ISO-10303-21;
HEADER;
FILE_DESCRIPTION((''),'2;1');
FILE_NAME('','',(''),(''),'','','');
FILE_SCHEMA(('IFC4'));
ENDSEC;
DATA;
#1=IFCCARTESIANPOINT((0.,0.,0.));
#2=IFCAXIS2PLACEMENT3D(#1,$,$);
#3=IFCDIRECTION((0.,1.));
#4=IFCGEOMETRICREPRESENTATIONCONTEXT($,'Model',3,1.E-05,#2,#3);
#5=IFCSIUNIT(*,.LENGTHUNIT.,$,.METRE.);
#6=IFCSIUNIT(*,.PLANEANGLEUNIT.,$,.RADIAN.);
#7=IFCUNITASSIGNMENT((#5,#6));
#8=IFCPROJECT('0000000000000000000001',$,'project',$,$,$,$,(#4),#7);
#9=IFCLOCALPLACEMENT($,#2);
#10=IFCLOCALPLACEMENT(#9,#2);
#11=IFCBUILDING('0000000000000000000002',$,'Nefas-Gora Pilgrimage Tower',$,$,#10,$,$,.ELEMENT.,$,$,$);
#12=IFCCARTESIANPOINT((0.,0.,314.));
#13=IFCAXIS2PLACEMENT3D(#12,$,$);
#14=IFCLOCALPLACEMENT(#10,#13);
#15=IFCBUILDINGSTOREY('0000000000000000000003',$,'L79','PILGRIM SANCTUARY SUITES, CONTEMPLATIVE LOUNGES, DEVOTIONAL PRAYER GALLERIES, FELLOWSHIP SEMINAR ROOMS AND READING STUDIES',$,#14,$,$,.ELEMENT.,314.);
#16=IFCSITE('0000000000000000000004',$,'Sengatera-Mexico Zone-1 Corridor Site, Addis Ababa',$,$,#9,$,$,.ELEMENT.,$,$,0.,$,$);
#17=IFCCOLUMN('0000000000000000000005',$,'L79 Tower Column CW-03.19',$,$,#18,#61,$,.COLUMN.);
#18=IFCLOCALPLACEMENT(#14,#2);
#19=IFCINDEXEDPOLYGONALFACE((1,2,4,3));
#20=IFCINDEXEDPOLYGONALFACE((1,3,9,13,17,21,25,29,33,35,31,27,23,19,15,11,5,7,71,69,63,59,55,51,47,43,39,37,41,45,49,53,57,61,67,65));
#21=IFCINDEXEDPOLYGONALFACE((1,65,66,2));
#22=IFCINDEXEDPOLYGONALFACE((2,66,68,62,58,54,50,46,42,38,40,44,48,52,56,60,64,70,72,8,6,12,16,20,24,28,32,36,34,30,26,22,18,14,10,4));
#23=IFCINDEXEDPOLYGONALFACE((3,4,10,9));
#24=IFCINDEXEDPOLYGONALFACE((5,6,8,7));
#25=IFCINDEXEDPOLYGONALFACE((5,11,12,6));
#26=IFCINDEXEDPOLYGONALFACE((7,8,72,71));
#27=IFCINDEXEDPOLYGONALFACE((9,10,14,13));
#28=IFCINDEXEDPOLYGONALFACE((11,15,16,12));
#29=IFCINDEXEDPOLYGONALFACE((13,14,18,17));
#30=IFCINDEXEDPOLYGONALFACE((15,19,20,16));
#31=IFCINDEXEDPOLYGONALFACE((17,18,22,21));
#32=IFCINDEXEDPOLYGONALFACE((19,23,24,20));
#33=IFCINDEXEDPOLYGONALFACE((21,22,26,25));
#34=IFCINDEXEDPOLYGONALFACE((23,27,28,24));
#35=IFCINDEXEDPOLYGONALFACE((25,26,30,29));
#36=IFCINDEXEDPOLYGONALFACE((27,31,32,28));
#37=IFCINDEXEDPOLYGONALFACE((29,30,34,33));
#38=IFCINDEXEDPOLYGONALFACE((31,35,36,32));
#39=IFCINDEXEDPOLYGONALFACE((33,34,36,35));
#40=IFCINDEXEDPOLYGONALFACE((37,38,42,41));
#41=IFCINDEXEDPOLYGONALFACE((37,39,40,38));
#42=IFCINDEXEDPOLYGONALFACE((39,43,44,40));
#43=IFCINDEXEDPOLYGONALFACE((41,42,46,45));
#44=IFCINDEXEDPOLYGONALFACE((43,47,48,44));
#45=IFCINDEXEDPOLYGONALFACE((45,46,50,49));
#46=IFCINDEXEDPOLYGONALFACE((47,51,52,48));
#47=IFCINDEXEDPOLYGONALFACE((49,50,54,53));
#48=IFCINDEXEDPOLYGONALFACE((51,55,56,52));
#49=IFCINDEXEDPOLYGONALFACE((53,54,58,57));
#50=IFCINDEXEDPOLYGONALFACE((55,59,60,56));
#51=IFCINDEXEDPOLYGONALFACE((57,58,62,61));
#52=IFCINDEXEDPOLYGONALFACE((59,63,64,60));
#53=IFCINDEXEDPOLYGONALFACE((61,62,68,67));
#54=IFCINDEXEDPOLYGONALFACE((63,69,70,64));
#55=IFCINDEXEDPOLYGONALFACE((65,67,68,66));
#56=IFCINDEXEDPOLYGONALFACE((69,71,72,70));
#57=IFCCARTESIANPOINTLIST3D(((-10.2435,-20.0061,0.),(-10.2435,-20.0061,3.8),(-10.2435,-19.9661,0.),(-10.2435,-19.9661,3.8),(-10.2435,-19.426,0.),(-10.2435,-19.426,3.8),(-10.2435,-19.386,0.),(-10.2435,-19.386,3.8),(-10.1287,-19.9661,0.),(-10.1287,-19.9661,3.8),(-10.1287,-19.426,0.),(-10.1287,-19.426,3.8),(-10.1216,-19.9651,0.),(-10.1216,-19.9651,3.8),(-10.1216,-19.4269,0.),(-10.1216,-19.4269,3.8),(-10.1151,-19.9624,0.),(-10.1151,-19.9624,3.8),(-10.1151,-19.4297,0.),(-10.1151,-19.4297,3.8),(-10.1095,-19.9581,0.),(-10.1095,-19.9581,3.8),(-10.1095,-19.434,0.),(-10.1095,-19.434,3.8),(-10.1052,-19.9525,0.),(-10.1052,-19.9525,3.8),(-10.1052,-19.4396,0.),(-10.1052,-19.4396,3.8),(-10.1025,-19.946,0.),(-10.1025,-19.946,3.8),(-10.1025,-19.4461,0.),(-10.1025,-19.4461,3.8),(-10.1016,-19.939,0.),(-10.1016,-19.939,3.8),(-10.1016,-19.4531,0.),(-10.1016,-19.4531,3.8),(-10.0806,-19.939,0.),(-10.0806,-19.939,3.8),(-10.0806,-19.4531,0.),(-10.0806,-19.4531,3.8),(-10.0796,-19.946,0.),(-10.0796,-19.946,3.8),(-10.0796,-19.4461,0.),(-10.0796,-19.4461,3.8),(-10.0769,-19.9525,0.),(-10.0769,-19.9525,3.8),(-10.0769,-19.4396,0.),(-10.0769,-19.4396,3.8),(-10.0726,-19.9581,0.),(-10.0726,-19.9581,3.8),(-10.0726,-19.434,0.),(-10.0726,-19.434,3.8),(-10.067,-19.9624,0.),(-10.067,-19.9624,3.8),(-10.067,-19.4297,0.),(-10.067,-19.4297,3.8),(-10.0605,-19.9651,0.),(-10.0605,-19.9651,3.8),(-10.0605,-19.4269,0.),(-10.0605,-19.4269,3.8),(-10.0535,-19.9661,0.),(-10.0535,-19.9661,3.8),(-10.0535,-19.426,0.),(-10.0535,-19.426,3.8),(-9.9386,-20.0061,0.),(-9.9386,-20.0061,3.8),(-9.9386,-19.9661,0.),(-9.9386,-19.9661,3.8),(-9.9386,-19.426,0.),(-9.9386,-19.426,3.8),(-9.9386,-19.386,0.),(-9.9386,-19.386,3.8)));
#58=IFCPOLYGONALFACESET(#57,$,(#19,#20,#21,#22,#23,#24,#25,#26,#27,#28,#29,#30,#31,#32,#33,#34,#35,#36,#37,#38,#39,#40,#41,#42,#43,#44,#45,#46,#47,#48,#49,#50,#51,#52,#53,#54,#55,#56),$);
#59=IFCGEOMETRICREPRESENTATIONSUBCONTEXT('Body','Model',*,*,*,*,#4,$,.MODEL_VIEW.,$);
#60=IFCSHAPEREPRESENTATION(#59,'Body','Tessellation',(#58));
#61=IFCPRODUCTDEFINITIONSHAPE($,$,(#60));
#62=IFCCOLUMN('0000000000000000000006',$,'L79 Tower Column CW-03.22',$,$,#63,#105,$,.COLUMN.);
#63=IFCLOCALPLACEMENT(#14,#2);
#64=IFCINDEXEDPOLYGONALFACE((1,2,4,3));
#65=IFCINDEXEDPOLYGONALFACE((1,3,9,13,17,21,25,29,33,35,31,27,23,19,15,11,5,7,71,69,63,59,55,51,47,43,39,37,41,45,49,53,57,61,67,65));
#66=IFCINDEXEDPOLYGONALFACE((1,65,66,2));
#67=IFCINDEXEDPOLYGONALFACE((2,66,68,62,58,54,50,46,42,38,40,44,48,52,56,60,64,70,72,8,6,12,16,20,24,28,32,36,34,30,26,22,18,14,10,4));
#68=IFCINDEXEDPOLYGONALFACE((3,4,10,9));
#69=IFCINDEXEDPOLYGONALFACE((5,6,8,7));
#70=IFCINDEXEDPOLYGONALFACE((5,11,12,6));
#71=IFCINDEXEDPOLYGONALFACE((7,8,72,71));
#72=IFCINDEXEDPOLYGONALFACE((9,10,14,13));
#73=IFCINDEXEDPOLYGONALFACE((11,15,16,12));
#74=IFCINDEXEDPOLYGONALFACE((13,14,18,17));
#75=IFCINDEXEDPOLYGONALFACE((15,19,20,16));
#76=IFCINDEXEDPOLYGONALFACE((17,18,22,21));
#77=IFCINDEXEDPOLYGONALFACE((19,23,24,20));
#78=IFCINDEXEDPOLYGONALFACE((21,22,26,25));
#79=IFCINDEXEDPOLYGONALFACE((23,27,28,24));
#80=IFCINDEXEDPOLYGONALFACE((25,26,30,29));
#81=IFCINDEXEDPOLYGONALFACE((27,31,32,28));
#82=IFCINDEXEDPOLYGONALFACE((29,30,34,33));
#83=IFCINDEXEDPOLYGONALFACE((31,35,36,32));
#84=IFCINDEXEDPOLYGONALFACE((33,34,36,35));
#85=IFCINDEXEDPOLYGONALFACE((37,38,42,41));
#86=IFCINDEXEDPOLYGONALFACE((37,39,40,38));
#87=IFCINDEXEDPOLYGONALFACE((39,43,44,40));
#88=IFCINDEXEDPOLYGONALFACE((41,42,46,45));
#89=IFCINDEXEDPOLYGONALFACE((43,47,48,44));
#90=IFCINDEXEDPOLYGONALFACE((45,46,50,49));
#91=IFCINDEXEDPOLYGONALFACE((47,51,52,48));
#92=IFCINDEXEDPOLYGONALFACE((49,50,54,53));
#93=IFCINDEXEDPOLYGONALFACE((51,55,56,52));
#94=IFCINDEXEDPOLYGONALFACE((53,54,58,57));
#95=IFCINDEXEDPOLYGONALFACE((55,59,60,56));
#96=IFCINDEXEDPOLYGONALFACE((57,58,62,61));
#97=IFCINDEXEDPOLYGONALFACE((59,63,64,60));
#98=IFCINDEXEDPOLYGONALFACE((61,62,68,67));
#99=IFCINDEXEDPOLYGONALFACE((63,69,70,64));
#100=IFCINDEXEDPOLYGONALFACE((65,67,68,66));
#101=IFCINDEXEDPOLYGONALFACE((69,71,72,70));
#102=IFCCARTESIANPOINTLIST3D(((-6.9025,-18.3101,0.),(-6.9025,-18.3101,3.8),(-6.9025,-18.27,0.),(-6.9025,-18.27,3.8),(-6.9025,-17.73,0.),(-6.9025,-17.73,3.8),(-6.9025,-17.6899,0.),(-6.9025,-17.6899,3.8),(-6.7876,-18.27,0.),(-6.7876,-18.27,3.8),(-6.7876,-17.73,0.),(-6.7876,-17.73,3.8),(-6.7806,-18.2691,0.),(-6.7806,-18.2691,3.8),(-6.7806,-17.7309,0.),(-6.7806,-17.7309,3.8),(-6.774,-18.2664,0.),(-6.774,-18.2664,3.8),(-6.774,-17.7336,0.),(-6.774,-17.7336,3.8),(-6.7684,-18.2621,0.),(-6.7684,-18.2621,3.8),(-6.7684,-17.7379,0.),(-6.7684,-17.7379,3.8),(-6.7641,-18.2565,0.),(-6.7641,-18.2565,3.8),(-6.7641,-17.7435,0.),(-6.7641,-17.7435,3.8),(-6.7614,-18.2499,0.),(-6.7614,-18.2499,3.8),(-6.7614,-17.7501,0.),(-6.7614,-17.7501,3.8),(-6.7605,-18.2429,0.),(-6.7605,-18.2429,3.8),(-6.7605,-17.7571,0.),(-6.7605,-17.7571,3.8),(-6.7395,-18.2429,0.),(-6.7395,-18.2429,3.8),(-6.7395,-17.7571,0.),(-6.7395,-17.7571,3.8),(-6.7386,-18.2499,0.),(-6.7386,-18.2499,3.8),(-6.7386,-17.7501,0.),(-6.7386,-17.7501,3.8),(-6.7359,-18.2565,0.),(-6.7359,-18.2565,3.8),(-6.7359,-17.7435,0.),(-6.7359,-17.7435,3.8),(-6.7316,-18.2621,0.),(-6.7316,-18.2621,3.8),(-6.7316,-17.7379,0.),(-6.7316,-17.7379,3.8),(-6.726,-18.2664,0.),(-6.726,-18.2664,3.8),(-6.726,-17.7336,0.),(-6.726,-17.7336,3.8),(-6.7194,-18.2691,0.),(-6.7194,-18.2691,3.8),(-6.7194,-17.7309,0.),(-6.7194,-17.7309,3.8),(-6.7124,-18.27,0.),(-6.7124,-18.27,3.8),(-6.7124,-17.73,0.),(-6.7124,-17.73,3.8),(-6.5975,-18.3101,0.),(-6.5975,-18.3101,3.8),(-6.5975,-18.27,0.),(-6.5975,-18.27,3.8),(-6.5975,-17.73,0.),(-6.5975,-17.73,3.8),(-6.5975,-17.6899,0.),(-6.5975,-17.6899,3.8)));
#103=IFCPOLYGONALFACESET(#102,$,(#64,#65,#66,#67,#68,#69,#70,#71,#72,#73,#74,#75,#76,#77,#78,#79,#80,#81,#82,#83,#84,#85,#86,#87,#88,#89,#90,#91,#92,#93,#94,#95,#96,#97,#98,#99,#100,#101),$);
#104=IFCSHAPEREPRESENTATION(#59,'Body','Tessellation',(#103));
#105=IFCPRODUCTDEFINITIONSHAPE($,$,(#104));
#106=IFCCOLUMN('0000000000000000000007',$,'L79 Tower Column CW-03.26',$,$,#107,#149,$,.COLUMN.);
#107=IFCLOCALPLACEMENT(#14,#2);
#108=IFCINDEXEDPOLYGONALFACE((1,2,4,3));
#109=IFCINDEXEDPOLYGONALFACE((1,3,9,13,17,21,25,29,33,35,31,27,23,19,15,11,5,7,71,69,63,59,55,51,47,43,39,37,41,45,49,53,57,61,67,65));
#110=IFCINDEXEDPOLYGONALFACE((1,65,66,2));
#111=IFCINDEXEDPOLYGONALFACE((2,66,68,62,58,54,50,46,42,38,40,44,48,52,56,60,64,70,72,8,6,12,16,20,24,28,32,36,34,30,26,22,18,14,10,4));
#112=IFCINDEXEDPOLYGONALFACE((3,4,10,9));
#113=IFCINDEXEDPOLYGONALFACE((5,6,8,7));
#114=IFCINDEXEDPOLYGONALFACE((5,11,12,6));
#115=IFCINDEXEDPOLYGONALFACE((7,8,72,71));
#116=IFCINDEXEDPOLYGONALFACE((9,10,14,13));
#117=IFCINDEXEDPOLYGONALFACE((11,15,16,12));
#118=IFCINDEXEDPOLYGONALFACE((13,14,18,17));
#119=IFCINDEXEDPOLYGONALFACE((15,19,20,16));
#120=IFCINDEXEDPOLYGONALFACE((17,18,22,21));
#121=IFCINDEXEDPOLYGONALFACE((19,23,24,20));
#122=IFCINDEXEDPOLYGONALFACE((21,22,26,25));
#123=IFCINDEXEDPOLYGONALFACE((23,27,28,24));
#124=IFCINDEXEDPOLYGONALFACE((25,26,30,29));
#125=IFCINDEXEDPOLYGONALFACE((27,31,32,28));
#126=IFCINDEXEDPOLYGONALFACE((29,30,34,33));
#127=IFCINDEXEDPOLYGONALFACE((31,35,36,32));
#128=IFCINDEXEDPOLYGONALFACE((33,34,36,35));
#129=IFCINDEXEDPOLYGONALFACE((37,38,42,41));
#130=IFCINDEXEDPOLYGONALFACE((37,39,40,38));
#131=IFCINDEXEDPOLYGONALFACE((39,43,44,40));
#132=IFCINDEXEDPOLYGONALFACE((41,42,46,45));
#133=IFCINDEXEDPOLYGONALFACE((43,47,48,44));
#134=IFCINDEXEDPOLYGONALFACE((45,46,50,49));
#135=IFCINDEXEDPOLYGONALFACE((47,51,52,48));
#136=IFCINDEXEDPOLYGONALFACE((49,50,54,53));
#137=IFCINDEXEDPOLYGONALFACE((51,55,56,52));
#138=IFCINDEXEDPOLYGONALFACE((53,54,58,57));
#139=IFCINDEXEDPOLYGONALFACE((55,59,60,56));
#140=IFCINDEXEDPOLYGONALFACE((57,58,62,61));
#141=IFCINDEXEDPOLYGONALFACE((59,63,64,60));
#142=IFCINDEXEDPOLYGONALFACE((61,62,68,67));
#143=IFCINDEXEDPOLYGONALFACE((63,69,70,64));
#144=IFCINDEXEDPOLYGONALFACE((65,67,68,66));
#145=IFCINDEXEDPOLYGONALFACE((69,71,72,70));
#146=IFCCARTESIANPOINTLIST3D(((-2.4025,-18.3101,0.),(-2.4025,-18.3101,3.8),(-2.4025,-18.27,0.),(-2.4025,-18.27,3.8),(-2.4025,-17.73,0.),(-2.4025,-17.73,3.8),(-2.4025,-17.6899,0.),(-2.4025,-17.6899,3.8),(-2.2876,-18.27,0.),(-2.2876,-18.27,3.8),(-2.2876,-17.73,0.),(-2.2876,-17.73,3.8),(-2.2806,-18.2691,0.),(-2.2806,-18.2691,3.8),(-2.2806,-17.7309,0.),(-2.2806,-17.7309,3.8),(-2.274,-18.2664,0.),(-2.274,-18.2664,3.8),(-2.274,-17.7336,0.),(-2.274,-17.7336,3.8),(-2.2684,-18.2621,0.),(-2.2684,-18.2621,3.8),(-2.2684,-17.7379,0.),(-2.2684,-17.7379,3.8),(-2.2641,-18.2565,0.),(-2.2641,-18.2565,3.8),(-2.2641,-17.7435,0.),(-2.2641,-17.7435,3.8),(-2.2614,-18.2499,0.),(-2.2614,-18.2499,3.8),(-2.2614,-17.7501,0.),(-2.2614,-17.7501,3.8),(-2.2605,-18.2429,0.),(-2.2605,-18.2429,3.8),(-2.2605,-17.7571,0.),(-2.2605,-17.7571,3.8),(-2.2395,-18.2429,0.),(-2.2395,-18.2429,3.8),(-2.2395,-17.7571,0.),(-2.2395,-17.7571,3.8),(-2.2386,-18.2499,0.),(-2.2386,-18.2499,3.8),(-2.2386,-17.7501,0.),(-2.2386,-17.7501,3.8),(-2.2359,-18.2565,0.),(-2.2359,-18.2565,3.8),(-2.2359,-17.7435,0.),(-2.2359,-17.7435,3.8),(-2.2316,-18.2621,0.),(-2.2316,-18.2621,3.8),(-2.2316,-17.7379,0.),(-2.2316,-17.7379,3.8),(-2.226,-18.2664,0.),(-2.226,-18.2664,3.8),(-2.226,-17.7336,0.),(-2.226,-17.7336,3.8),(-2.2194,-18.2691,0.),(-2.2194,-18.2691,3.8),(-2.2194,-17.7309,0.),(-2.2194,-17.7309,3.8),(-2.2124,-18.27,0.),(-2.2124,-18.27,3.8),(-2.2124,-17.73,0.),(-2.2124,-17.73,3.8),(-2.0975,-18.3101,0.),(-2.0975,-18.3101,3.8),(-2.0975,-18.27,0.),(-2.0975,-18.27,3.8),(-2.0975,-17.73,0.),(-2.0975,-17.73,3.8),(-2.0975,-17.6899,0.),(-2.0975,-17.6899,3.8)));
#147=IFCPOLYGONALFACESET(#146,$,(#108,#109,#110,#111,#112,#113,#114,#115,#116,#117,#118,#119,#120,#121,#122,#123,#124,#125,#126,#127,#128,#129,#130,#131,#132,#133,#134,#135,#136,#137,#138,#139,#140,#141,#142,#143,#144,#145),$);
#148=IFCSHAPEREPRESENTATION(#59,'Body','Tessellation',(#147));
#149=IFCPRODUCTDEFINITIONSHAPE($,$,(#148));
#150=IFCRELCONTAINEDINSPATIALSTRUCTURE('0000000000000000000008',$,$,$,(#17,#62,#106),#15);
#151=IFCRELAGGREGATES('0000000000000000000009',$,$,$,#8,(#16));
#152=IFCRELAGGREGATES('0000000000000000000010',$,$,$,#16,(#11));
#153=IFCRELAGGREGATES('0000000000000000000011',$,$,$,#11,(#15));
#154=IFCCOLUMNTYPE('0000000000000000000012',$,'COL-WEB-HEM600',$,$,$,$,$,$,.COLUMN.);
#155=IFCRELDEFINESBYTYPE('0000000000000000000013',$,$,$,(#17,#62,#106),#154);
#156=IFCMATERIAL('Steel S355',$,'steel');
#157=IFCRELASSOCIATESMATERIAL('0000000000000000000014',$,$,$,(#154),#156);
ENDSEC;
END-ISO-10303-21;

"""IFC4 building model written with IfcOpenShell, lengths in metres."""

from ifc_helpers import new_model, si_unit, direction, frame, origin, origin_2d, place, context, subcontext, project, spatial, i_section, extrude, source, transform, mapped, material, material_profile, profile_set, type_object, element, save


model = new_model("IFC4")

# Units and contexts
model_context = context("Model", 3, precision=1e-05, world=origin(), true_north=direction((0.0, 1.0)))
body_context = subcontext(model_context, "Body", "Model", "MODEL_VIEW")
ifc_project = project(units=[si_unit("LENGTHUNIT", "METRE"), si_unit("PLANEANGLEUNIT", "RADIAN")], contexts=[model_context])

# Site, building, storey
site_placement = place(None, origin())
site = spatial("IfcSite", under=ifc_project, at=site_placement, Name="Sengatera-Mexico Zone-1 Corridor Site, Addis Ababa", CompositionType="ELEMENT", RefElevation=0.0)
building_placement = place(site_placement, origin())
building = spatial("IfcBuilding", under=site, at=building_placement, Name="Nefas-Gora Pilgrimage Tower", CompositionType="ELEMENT")
storey_placement = place(building_placement, frame((0.0, 0.0, 314.0)))
storey = spatial("IfcBuildingStorey", under=building, at=storey_placement, Name="L79", Description="PILGRIM SANCTUARY SUITES, CONTEMPLATIVE LOUNGES, DEVOTIONAL PRAYER GALLERIES, FELLOWSHIP SEMINAR ROOMS AND READING STUDIES", CompositionType="ELEMENT", Elevation=314.0)

# Columns
ifc_material_1 = material(Name="Steel S355", Category="steel")
ifc_material_profile_1 = material_profile(ifc_material_1, i_section(OverallWidth=0.3049, OverallDepth=0.6201, WebThickness=0.021, FlangeThickness=0.04, FilletRadius=0.0271, at=origin_2d()), Name="HEM 600")
ifc_profile_set_1 = profile_set([ifc_material_profile_1], Name="Steel S355")
column_type_1 = type_object("IfcColumnType", Name="COL-WEB-HEM600", PredefinedType="COLUMN", material=ifc_profile_set_1)
shared_shape_1 = source(origin(), body_context, "Body", "SweptSolid", [
    extrude(i_section(OverallWidth=0.3049, OverallDepth=0.6201, WebThickness=0.021, FlangeThickness=0.04, FilletRadius=0.0271, at=origin_2d()), origin(), (0.0, 0.0, 1.0), 3.8),
])
for number, where, z_axis, x_axis, name in (
    (1, (-10.0911, -19.696, 0.0), (0.0, 0.0, 1.0), (1.0, 0.0, 0.0), "L79 Tower Column CW-03.19"),
    (2, (-6.75, -18.0, 0.0), (0.0, 0.0, 1.0), (1.0, 0.0, 0.0), "L79 Tower Column CW-03.22"),
    (3, (-2.25, -18.0, 0.0), (0.0, 0.0, 1.0), (1.0, 0.0, 0.0), "L79 Tower Column CW-03.26"),
):
    element("IfcColumn", number, at=place(storey_placement, frame(where, z_axis=z_axis, x_axis=x_axis)), inside=storey, type_object=column_type_1, Name=name, PredefinedType="COLUMN", context=body_context, shape_type="MappedRepresentation", body=[
        mapped(shared_shape_1, transform((0.0, 0.0, 0.0), x_axis=(1.0, 0.0, 0.0), y_axis=(0.0, 1.0, 0.0), z_axis=(0.0, 0.0, 1.0), scale=1.0)),
    ])

save(model, "model.ifc")
